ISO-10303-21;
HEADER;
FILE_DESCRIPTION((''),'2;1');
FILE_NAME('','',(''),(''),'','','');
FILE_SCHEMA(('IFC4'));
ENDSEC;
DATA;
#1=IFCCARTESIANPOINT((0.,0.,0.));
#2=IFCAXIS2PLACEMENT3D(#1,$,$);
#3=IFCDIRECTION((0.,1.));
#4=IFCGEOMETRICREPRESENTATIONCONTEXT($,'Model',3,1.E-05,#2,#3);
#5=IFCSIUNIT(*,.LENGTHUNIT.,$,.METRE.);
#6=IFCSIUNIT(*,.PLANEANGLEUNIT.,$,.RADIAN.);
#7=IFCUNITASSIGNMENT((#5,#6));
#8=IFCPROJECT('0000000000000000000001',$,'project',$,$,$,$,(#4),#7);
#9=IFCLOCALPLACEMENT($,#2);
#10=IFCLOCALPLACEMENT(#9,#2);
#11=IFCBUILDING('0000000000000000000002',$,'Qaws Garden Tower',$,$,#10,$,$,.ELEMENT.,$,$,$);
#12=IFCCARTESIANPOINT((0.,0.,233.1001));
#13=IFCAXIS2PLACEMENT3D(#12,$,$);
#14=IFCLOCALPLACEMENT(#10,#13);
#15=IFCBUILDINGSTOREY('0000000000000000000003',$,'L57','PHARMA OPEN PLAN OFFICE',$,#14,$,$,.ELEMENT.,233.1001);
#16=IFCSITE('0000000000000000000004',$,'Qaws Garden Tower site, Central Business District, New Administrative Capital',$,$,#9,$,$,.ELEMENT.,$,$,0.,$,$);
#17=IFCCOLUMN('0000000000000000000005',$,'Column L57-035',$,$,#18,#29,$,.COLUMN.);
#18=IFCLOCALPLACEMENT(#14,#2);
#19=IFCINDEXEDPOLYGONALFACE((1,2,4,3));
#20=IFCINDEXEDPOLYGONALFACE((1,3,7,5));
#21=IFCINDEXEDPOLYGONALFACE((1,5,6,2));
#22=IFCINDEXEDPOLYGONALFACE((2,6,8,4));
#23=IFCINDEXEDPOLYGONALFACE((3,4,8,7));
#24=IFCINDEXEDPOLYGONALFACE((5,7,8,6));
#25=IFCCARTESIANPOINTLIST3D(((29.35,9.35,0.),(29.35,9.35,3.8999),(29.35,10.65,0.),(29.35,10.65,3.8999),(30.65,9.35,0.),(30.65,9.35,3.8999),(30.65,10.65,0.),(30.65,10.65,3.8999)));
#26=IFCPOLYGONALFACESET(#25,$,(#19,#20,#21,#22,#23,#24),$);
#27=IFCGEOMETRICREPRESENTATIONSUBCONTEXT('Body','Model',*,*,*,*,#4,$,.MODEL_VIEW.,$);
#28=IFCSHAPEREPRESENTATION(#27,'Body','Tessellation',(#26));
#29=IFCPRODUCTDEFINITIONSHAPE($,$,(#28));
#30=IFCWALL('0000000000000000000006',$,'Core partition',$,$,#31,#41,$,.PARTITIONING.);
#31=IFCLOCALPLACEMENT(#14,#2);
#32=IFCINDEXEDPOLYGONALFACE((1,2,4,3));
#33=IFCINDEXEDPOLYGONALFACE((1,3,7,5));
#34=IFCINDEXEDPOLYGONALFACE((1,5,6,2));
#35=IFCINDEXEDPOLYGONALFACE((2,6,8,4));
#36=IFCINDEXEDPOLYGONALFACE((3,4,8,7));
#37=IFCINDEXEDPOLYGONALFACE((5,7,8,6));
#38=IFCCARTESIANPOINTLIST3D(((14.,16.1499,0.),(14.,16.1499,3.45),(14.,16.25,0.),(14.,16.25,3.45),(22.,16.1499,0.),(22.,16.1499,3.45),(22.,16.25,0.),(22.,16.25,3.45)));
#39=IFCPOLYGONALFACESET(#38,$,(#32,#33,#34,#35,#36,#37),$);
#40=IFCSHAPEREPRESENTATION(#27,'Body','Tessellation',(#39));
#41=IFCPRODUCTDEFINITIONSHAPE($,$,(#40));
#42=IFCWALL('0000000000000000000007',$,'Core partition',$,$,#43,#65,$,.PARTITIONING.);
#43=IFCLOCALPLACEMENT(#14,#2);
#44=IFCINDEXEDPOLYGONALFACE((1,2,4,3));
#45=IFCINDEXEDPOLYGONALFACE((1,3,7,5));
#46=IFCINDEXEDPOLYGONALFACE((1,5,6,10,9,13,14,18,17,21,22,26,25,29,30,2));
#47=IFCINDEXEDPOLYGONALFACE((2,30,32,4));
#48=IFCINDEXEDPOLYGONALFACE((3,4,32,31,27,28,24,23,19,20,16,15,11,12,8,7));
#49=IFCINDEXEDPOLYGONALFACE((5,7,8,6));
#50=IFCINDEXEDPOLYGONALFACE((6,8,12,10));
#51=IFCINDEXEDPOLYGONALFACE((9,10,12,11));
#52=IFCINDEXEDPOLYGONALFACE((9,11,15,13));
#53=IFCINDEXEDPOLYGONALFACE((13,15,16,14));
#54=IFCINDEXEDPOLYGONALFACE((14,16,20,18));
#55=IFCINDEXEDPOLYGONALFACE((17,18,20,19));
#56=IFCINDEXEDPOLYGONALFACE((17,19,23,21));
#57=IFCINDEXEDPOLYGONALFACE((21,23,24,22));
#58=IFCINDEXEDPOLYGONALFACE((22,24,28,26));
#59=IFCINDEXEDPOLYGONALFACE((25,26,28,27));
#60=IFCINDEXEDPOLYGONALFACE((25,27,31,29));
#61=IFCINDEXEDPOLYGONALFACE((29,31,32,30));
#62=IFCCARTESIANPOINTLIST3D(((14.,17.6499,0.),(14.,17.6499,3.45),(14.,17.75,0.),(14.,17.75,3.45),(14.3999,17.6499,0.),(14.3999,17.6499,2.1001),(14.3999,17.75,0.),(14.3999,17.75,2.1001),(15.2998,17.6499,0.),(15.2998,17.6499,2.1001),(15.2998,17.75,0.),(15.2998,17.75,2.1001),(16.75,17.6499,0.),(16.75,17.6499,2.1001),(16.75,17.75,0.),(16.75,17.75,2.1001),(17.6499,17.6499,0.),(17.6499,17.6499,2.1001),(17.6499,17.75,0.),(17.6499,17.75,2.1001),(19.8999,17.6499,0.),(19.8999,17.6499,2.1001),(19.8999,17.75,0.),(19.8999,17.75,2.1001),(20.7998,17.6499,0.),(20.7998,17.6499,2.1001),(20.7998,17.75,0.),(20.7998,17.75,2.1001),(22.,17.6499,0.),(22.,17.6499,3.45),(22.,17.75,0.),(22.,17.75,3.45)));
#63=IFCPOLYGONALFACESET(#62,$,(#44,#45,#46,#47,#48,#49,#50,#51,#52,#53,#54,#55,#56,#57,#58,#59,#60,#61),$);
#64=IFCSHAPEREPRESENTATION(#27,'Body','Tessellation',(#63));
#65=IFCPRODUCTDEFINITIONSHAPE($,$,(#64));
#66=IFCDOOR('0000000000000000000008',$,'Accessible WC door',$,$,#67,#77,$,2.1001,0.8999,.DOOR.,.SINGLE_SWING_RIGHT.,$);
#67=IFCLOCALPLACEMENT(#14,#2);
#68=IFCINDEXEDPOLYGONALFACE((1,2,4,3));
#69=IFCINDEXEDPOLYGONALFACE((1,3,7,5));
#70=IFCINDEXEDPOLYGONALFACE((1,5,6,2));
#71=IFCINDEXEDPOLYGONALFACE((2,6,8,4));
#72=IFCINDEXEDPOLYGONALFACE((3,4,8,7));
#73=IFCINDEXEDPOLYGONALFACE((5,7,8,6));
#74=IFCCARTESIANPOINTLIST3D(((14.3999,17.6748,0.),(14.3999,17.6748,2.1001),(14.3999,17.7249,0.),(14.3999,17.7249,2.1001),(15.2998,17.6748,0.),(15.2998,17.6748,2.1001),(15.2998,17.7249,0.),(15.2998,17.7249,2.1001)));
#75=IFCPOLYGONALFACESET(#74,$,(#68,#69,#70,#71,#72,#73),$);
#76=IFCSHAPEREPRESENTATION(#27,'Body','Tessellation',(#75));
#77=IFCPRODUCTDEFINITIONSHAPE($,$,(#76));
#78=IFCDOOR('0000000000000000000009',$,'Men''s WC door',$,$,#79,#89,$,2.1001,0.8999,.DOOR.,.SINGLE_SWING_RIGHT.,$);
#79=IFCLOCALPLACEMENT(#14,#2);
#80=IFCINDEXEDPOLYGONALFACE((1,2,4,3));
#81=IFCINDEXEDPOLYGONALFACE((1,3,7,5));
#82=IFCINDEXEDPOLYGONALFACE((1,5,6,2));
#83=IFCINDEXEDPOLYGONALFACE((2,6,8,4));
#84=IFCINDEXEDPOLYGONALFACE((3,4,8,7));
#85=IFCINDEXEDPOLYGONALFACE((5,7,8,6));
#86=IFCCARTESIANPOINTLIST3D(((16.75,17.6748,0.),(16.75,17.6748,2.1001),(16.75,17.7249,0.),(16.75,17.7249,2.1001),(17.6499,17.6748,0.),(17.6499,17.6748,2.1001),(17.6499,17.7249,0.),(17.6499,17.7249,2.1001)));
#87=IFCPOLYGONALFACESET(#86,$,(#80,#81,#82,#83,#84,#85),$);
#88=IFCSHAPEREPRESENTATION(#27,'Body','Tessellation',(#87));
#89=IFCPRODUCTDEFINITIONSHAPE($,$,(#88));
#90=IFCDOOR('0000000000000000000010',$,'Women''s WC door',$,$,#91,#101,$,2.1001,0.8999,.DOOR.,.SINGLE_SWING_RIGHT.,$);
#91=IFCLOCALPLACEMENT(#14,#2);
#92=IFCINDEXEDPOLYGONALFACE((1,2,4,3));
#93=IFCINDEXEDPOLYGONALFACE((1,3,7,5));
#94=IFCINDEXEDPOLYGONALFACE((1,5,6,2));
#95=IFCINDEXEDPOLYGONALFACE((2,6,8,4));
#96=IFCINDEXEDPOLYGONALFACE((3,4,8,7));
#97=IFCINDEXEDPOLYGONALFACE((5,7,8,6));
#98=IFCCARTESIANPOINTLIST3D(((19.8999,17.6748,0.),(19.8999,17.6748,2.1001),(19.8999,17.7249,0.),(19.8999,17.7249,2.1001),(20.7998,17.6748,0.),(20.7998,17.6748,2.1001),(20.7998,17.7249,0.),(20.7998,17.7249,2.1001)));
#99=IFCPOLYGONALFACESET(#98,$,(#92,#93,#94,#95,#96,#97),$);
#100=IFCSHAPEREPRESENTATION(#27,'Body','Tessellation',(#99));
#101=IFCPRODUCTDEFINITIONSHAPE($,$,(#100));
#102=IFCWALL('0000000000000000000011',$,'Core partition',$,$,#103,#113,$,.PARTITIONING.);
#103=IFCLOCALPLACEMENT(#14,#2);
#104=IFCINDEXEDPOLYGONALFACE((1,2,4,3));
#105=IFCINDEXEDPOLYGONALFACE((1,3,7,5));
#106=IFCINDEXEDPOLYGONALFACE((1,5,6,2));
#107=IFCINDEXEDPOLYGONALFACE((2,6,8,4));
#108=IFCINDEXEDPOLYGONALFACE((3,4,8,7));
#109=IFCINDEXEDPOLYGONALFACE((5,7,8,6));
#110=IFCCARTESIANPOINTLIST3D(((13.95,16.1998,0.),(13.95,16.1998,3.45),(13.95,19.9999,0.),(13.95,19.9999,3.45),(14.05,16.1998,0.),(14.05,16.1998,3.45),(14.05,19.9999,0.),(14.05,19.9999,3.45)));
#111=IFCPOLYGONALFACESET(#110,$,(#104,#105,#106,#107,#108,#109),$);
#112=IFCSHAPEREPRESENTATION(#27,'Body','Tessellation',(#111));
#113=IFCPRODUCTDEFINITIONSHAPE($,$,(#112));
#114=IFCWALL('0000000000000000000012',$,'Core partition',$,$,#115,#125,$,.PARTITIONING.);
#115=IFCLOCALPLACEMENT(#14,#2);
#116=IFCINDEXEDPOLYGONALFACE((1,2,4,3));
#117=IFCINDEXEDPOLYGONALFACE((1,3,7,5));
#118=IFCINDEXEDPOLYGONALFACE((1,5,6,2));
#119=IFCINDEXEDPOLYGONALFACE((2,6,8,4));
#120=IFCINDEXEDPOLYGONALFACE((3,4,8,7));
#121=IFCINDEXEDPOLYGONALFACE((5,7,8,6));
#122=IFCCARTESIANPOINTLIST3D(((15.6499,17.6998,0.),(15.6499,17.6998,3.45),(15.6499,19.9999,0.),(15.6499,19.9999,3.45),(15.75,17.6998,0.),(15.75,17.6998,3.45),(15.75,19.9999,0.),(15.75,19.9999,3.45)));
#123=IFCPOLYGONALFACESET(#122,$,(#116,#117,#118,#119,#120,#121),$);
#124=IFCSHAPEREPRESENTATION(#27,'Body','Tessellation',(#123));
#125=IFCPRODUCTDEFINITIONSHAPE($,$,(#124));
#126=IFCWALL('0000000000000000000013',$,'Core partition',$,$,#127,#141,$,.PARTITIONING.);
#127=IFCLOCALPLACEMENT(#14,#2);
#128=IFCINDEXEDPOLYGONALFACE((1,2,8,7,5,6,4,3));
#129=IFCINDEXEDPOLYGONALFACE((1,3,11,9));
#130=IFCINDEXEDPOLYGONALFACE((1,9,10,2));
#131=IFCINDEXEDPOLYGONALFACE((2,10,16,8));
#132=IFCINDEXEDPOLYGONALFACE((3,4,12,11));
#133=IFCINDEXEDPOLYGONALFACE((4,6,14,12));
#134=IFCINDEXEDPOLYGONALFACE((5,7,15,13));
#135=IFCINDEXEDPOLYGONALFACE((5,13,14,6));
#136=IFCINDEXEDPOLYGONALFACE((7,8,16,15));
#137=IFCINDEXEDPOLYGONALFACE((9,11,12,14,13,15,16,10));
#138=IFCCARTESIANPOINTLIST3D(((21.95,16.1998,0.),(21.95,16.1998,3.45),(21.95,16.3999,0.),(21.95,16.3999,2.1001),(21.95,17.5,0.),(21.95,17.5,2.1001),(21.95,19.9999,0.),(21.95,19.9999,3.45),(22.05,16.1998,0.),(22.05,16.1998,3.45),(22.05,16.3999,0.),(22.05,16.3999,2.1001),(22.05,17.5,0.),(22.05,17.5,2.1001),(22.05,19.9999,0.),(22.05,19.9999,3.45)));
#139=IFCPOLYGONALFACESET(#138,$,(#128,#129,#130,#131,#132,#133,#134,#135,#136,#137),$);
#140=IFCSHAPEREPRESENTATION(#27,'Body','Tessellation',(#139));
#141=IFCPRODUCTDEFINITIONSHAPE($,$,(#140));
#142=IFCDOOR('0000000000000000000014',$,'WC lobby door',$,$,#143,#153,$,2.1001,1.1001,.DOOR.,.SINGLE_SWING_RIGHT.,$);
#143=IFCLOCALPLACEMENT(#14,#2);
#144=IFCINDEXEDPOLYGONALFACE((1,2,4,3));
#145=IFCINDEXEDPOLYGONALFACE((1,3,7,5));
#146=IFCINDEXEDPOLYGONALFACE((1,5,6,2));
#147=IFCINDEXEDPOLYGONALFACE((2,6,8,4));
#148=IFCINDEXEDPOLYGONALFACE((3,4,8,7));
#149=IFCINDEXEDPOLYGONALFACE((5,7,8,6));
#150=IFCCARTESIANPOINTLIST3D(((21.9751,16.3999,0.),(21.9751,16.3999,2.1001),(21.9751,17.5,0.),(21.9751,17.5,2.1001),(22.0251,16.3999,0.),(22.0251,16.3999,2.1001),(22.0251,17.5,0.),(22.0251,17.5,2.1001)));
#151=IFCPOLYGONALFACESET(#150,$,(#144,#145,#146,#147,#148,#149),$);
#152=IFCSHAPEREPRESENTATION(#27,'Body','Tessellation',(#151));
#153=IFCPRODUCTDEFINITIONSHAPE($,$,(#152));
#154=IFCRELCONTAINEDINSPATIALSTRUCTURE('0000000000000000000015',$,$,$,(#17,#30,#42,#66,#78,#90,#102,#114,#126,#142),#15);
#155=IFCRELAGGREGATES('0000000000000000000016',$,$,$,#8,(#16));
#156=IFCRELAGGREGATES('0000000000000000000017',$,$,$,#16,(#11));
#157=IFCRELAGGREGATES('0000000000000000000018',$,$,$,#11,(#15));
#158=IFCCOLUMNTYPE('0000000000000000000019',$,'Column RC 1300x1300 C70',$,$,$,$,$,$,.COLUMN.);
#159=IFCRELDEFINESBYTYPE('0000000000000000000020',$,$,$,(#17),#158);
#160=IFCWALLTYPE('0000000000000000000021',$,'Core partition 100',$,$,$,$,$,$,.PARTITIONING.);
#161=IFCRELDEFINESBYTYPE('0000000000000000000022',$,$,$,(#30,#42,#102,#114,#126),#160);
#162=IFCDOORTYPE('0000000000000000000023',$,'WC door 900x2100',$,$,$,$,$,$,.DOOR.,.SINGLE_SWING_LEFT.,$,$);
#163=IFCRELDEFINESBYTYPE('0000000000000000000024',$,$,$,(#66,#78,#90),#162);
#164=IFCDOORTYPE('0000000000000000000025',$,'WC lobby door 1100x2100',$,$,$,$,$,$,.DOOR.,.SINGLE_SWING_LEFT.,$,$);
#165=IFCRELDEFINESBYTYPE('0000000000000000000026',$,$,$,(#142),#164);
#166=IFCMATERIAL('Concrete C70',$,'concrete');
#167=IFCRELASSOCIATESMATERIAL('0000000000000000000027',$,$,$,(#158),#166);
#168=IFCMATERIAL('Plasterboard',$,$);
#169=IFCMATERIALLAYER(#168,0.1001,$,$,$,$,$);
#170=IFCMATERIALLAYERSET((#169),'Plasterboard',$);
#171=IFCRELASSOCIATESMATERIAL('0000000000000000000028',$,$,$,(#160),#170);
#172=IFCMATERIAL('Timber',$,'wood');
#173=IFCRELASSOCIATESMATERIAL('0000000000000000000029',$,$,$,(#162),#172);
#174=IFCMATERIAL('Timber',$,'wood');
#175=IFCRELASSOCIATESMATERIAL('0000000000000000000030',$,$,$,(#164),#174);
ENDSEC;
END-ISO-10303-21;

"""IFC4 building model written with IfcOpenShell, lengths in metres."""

from ifc_helpers import new_model, si_unit, direction, frame, frame_2d, origin, origin_2d, place, context, subcontext, project, spatial, rectangle, extrude, material, layer, layer_set, material_profile, profile_set, type_object, element, fill, save


model = new_model("IFC4")

# Units and contexts
model_context = context("Model", 3, precision=1e-05, world=origin(), true_north=direction((0.0, 1.0)))
body_context = subcontext(model_context, "Body", "Model", "MODEL_VIEW")
ifc_project = project(units=[si_unit("LENGTHUNIT", "METRE"), si_unit("PLANEANGLEUNIT", "RADIAN")], contexts=[model_context])

# Site, building, storey
site_placement = place(None, origin())
site = spatial("IfcSite", under=ifc_project, at=site_placement, Name="Qaws Garden Tower site, Central Business District, New Administrative Capital", CompositionType="ELEMENT", RefElevation=0.0)
building_placement = place(site_placement, origin())
building = spatial("IfcBuilding", under=site, at=building_placement, Name="Qaws Garden Tower", CompositionType="ELEMENT")
storey_placement = place(building_placement, frame((0.0, 0.0, 233.1001)))
storey = spatial("IfcBuildingStorey", under=building, at=storey_placement, Name="L57", Description="PHARMA OPEN PLAN OFFICE", CompositionType="ELEMENT", Elevation=233.1001)

# Column
ifc_material_1 = material(Name="Concrete C70", Category="concrete")
ifc_material_profile = material_profile(ifc_material_1, rectangle(XDim=1.3, YDim=1.3, at=origin_2d()), Name="RC 1300x1300")
ifc_profile_set = profile_set([ifc_material_profile], Name="Concrete C70")
column_type = type_object("IfcColumnType", Name="Column RC 1300x1300 C70", PredefinedType="COLUMN", material=ifc_profile_set)
column_placement = place(storey_placement, frame((30.0, 10.0, 0.0), z_axis=(0.0, 0.0, 1.0), x_axis=(1.0, 0.0, 0.0)))
element("IfcColumn", 1, at=column_placement, inside=storey, type_object=column_type, Name="Column L57-035", PredefinedType="COLUMN", context=body_context, shape_type="SweptSolid", body=[
    extrude(rectangle(XDim=1.3, YDim=1.3, at=origin_2d()), origin(), (0.0, 0.0, 1.0), 3.8999),
])

# Wall
ifc_material_2 = material(Name="Plasterboard")
ifc_layer_1 = layer(ifc_material_2, 0.1001)
ifc_layer_set_1 = layer_set([ifc_layer_1], Name="Plasterboard")
wall_type_1 = type_object("IfcWallType", Name="Core partition 100", PredefinedType="PARTITIONING", material=ifc_layer_set_1)
wall_1_placement = place(storey_placement, frame((14.0, 16.2, 0.0), z_axis=(0.0, 0.0, 1.0), x_axis=(1.0, 0.0, 0.0)))
element("IfcWall", 2, at=wall_1_placement, inside=storey, type_object=wall_type_1, Name="Core partition", PredefinedType="PARTITIONING", context=body_context, shape_type="SweptSolid", body=[
    extrude(rectangle(XDim=8.0, YDim=0.1001, at=frame_2d((4.0, 0.0))), origin(), (0.0, 0.0, 1.0), 3.45),
])

# Wall, openings, doors
wall_2_placement = place(storey_placement, frame((14.0, 17.7, 0.0), z_axis=(0.0, 0.0, 1.0), x_axis=(1.0, 0.0, 0.0)))
wall_2 = element("IfcWall", 3, at=wall_2_placement, inside=storey, type_object=wall_type_1, Name="Core partition", PredefinedType="PARTITIONING", context=body_context, shape_type="SweptSolid", body=[
    extrude(rectangle(XDim=8.0, YDim=0.1001, at=frame_2d((4.0, 0.0))), origin(), (0.0, 0.0, 1.0), 3.45),
])
opening_1_placement = place(wall_2_placement, frame((0.3999, 0.0, 0.0)))
opening_1 = element("IfcOpeningElement", 4, at=opening_1_placement, cuts=wall_2, PredefinedType="OPENING", context=body_context, shape_type="SweptSolid", body=[
    extrude(rectangle(XDim=0.8999, YDim=2.1001, at=frame_2d((0.45, 1.05))), frame((0.0, 0.0601, 0.0), z_axis=(0.0, -1.0, 0.0), x_axis=(1.0, 0.0, 0.0)), (0.0, 0.0, 1.0), 0.1201),
])
opening_2_placement = place(wall_2_placement, frame((2.75, 0.0, 0.0)))
opening_2 = element("IfcOpeningElement", 5, at=opening_2_placement, cuts=wall_2, PredefinedType="OPENING", context=body_context, shape_type="SweptSolid", body=[
    extrude(rectangle(XDim=0.8999, YDim=2.1001, at=frame_2d((0.45, 1.05))), frame((0.0, 0.0601, 0.0), z_axis=(0.0, -1.0, 0.0), x_axis=(1.0, 0.0, 0.0)), (0.0, 0.0, 1.0), 0.1201),
])
opening_3_placement = place(wall_2_placement, frame((5.8999, 0.0, 0.0)))
opening_3 = element("IfcOpeningElement", 6, at=opening_3_placement, cuts=wall_2, PredefinedType="OPENING", context=body_context, shape_type="SweptSolid", body=[
    extrude(rectangle(XDim=0.8999, YDim=2.1001, at=frame_2d((0.45, 1.05))), frame((0.0, 0.0601, 0.0), z_axis=(0.0, -1.0, 0.0), x_axis=(1.0, 0.0, 0.0)), (0.0, 0.0, 1.0), 0.1201),
])
ifc_material_3 = material(Name="Timber", Category="wood")
door_type_1 = type_object("IfcDoorType", Name="WC door 900x2100", OperationType="SINGLE_SWING_LEFT", PredefinedType="DOOR", material=ifc_material_3)
door_1_placement = place(opening_1_placement, origin())
door_1 = element("IfcDoor", 7, at=door_1_placement, inside=storey, type_object=door_type_1, Name="Accessible WC door", OperationType="SINGLE_SWING_RIGHT", OverallHeight=2.1001, OverallWidth=0.8999, PredefinedType="DOOR", context=body_context, shape_type="SweptSolid", body=[
    extrude(rectangle(XDim=0.8999, YDim=2.1001, at=frame_2d((0.45, 1.05))), frame((0.0, 0.0249, 0.0), z_axis=(0.0, -1.0, 0.0), x_axis=(1.0, 0.0, 0.0)), (0.0, 0.0, 1.0), 0.05),
])
fill(opening_1, door_1)
door_2_placement = place(opening_2_placement, origin())
door_2 = element("IfcDoor", 8, at=door_2_placement, inside=storey, type_object=door_type_1, Name="Men's WC door", OperationType="SINGLE_SWING_RIGHT", OverallHeight=2.1001, OverallWidth=0.8999, PredefinedType="DOOR", context=body_context, shape_type="SweptSolid", body=[
    extrude(rectangle(XDim=0.8999, YDim=2.1001, at=frame_2d((0.45, 1.05))), frame((0.0, 0.0249, 0.0), z_axis=(0.0, -1.0, 0.0), x_axis=(1.0, 0.0, 0.0)), (0.0, 0.0, 1.0), 0.05),
])
fill(opening_2, door_2)
door_3_placement = place(opening_3_placement, origin())
door_3 = element("IfcDoor", 9, at=door_3_placement, inside=storey, type_object=door_type_1, Name="Women's WC door", OperationType="SINGLE_SWING_RIGHT", OverallHeight=2.1001, OverallWidth=0.8999, PredefinedType="DOOR", context=body_context, shape_type="SweptSolid", body=[
    extrude(rectangle(XDim=0.8999, YDim=2.1001, at=frame_2d((0.45, 1.05))), frame((0.0, 0.0249, 0.0), z_axis=(0.0, -1.0, 0.0), x_axis=(1.0, 0.0, 0.0)), (0.0, 0.0, 1.0), 0.05),
])
fill(opening_3, door_3)

# Walls
wall_3_placement = place(storey_placement, frame((14.0, 16.2, 0.0), z_axis=(0.0, 0.0, 1.0), x_axis=(0.0, 1.0, 0.0)))
element("IfcWall", 10, at=wall_3_placement, inside=storey, type_object=wall_type_1, Name="Core partition", PredefinedType="PARTITIONING", context=body_context, shape_type="SweptSolid", body=[
    extrude(rectangle(XDim=3.8, YDim=0.1001, at=frame_2d((1.8999, 0.0))), origin(), (0.0, 0.0, 1.0), 3.45),
])
wall_4_placement = place(storey_placement, frame((15.7, 17.7, 0.0), z_axis=(0.0, 0.0, 1.0), x_axis=(0.0, 1.0, 0.0)))
element("IfcWall", 11, at=wall_4_placement, inside=storey, type_object=wall_type_1, Name="Core partition", PredefinedType="PARTITIONING", context=body_context, shape_type="SweptSolid", body=[
    extrude(rectangle(XDim=2.3, YDim=0.1001, at=frame_2d((1.1499, 0.0))), origin(), (0.0, 0.0, 1.0), 3.45),
])

# Wall, opening, door
wall_5_placement = place(storey_placement, frame((22.0, 16.2, 0.0), z_axis=(0.0, 0.0, 1.0), x_axis=(0.0, 1.0, 0.0)))
wall_5 = element("IfcWall", 12, at=wall_5_placement, inside=storey, type_object=wall_type_1, Name="Core partition", PredefinedType="PARTITIONING", context=body_context, shape_type="SweptSolid", body=[
    extrude(rectangle(XDim=3.8, YDim=0.1001, at=frame_2d((1.8999, 0.0))), origin(), (0.0, 0.0, 1.0), 3.45),
])
opening_4_placement = place(wall_5_placement, frame((0.2, 0.0, 0.0)))
opening_4 = element("IfcOpeningElement", 13, at=opening_4_placement, cuts=wall_5, PredefinedType="OPENING", context=body_context, shape_type="SweptSolid", body=[
    extrude(rectangle(XDim=1.1001, YDim=2.1001, at=frame_2d((0.55, 1.05))), frame((0.0, 0.0601, 0.0), z_axis=(0.0, -1.0, 0.0), x_axis=(1.0, 0.0, 0.0)), (0.0, 0.0, 1.0), 0.1201),
])
ifc_material_4 = material(Name="Timber", Category="wood")
door_type_2 = type_object("IfcDoorType", Name="WC lobby door 1100x2100", OperationType="SINGLE_SWING_LEFT", PredefinedType="DOOR", material=ifc_material_4)
door_4_placement = place(opening_4_placement, origin())
door_4 = element("IfcDoor", 14, at=door_4_placement, inside=storey, type_object=door_type_2, Name="WC lobby door", OperationType="SINGLE_SWING_RIGHT", OverallHeight=2.1001, OverallWidth=1.1001, PredefinedType="DOOR", context=body_context, shape_type="SweptSolid", body=[
    extrude(rectangle(XDim=1.1001, YDim=2.1001, at=frame_2d((0.55, 1.05))), frame((0.0, 0.0249, 0.0), z_axis=(0.0, -1.0, 0.0), x_axis=(1.0, 0.0, 0.0)), (0.0, 0.0, 1.0), 0.05),
])
fill(opening_4, door_4)

save(model, "model.ifc")
